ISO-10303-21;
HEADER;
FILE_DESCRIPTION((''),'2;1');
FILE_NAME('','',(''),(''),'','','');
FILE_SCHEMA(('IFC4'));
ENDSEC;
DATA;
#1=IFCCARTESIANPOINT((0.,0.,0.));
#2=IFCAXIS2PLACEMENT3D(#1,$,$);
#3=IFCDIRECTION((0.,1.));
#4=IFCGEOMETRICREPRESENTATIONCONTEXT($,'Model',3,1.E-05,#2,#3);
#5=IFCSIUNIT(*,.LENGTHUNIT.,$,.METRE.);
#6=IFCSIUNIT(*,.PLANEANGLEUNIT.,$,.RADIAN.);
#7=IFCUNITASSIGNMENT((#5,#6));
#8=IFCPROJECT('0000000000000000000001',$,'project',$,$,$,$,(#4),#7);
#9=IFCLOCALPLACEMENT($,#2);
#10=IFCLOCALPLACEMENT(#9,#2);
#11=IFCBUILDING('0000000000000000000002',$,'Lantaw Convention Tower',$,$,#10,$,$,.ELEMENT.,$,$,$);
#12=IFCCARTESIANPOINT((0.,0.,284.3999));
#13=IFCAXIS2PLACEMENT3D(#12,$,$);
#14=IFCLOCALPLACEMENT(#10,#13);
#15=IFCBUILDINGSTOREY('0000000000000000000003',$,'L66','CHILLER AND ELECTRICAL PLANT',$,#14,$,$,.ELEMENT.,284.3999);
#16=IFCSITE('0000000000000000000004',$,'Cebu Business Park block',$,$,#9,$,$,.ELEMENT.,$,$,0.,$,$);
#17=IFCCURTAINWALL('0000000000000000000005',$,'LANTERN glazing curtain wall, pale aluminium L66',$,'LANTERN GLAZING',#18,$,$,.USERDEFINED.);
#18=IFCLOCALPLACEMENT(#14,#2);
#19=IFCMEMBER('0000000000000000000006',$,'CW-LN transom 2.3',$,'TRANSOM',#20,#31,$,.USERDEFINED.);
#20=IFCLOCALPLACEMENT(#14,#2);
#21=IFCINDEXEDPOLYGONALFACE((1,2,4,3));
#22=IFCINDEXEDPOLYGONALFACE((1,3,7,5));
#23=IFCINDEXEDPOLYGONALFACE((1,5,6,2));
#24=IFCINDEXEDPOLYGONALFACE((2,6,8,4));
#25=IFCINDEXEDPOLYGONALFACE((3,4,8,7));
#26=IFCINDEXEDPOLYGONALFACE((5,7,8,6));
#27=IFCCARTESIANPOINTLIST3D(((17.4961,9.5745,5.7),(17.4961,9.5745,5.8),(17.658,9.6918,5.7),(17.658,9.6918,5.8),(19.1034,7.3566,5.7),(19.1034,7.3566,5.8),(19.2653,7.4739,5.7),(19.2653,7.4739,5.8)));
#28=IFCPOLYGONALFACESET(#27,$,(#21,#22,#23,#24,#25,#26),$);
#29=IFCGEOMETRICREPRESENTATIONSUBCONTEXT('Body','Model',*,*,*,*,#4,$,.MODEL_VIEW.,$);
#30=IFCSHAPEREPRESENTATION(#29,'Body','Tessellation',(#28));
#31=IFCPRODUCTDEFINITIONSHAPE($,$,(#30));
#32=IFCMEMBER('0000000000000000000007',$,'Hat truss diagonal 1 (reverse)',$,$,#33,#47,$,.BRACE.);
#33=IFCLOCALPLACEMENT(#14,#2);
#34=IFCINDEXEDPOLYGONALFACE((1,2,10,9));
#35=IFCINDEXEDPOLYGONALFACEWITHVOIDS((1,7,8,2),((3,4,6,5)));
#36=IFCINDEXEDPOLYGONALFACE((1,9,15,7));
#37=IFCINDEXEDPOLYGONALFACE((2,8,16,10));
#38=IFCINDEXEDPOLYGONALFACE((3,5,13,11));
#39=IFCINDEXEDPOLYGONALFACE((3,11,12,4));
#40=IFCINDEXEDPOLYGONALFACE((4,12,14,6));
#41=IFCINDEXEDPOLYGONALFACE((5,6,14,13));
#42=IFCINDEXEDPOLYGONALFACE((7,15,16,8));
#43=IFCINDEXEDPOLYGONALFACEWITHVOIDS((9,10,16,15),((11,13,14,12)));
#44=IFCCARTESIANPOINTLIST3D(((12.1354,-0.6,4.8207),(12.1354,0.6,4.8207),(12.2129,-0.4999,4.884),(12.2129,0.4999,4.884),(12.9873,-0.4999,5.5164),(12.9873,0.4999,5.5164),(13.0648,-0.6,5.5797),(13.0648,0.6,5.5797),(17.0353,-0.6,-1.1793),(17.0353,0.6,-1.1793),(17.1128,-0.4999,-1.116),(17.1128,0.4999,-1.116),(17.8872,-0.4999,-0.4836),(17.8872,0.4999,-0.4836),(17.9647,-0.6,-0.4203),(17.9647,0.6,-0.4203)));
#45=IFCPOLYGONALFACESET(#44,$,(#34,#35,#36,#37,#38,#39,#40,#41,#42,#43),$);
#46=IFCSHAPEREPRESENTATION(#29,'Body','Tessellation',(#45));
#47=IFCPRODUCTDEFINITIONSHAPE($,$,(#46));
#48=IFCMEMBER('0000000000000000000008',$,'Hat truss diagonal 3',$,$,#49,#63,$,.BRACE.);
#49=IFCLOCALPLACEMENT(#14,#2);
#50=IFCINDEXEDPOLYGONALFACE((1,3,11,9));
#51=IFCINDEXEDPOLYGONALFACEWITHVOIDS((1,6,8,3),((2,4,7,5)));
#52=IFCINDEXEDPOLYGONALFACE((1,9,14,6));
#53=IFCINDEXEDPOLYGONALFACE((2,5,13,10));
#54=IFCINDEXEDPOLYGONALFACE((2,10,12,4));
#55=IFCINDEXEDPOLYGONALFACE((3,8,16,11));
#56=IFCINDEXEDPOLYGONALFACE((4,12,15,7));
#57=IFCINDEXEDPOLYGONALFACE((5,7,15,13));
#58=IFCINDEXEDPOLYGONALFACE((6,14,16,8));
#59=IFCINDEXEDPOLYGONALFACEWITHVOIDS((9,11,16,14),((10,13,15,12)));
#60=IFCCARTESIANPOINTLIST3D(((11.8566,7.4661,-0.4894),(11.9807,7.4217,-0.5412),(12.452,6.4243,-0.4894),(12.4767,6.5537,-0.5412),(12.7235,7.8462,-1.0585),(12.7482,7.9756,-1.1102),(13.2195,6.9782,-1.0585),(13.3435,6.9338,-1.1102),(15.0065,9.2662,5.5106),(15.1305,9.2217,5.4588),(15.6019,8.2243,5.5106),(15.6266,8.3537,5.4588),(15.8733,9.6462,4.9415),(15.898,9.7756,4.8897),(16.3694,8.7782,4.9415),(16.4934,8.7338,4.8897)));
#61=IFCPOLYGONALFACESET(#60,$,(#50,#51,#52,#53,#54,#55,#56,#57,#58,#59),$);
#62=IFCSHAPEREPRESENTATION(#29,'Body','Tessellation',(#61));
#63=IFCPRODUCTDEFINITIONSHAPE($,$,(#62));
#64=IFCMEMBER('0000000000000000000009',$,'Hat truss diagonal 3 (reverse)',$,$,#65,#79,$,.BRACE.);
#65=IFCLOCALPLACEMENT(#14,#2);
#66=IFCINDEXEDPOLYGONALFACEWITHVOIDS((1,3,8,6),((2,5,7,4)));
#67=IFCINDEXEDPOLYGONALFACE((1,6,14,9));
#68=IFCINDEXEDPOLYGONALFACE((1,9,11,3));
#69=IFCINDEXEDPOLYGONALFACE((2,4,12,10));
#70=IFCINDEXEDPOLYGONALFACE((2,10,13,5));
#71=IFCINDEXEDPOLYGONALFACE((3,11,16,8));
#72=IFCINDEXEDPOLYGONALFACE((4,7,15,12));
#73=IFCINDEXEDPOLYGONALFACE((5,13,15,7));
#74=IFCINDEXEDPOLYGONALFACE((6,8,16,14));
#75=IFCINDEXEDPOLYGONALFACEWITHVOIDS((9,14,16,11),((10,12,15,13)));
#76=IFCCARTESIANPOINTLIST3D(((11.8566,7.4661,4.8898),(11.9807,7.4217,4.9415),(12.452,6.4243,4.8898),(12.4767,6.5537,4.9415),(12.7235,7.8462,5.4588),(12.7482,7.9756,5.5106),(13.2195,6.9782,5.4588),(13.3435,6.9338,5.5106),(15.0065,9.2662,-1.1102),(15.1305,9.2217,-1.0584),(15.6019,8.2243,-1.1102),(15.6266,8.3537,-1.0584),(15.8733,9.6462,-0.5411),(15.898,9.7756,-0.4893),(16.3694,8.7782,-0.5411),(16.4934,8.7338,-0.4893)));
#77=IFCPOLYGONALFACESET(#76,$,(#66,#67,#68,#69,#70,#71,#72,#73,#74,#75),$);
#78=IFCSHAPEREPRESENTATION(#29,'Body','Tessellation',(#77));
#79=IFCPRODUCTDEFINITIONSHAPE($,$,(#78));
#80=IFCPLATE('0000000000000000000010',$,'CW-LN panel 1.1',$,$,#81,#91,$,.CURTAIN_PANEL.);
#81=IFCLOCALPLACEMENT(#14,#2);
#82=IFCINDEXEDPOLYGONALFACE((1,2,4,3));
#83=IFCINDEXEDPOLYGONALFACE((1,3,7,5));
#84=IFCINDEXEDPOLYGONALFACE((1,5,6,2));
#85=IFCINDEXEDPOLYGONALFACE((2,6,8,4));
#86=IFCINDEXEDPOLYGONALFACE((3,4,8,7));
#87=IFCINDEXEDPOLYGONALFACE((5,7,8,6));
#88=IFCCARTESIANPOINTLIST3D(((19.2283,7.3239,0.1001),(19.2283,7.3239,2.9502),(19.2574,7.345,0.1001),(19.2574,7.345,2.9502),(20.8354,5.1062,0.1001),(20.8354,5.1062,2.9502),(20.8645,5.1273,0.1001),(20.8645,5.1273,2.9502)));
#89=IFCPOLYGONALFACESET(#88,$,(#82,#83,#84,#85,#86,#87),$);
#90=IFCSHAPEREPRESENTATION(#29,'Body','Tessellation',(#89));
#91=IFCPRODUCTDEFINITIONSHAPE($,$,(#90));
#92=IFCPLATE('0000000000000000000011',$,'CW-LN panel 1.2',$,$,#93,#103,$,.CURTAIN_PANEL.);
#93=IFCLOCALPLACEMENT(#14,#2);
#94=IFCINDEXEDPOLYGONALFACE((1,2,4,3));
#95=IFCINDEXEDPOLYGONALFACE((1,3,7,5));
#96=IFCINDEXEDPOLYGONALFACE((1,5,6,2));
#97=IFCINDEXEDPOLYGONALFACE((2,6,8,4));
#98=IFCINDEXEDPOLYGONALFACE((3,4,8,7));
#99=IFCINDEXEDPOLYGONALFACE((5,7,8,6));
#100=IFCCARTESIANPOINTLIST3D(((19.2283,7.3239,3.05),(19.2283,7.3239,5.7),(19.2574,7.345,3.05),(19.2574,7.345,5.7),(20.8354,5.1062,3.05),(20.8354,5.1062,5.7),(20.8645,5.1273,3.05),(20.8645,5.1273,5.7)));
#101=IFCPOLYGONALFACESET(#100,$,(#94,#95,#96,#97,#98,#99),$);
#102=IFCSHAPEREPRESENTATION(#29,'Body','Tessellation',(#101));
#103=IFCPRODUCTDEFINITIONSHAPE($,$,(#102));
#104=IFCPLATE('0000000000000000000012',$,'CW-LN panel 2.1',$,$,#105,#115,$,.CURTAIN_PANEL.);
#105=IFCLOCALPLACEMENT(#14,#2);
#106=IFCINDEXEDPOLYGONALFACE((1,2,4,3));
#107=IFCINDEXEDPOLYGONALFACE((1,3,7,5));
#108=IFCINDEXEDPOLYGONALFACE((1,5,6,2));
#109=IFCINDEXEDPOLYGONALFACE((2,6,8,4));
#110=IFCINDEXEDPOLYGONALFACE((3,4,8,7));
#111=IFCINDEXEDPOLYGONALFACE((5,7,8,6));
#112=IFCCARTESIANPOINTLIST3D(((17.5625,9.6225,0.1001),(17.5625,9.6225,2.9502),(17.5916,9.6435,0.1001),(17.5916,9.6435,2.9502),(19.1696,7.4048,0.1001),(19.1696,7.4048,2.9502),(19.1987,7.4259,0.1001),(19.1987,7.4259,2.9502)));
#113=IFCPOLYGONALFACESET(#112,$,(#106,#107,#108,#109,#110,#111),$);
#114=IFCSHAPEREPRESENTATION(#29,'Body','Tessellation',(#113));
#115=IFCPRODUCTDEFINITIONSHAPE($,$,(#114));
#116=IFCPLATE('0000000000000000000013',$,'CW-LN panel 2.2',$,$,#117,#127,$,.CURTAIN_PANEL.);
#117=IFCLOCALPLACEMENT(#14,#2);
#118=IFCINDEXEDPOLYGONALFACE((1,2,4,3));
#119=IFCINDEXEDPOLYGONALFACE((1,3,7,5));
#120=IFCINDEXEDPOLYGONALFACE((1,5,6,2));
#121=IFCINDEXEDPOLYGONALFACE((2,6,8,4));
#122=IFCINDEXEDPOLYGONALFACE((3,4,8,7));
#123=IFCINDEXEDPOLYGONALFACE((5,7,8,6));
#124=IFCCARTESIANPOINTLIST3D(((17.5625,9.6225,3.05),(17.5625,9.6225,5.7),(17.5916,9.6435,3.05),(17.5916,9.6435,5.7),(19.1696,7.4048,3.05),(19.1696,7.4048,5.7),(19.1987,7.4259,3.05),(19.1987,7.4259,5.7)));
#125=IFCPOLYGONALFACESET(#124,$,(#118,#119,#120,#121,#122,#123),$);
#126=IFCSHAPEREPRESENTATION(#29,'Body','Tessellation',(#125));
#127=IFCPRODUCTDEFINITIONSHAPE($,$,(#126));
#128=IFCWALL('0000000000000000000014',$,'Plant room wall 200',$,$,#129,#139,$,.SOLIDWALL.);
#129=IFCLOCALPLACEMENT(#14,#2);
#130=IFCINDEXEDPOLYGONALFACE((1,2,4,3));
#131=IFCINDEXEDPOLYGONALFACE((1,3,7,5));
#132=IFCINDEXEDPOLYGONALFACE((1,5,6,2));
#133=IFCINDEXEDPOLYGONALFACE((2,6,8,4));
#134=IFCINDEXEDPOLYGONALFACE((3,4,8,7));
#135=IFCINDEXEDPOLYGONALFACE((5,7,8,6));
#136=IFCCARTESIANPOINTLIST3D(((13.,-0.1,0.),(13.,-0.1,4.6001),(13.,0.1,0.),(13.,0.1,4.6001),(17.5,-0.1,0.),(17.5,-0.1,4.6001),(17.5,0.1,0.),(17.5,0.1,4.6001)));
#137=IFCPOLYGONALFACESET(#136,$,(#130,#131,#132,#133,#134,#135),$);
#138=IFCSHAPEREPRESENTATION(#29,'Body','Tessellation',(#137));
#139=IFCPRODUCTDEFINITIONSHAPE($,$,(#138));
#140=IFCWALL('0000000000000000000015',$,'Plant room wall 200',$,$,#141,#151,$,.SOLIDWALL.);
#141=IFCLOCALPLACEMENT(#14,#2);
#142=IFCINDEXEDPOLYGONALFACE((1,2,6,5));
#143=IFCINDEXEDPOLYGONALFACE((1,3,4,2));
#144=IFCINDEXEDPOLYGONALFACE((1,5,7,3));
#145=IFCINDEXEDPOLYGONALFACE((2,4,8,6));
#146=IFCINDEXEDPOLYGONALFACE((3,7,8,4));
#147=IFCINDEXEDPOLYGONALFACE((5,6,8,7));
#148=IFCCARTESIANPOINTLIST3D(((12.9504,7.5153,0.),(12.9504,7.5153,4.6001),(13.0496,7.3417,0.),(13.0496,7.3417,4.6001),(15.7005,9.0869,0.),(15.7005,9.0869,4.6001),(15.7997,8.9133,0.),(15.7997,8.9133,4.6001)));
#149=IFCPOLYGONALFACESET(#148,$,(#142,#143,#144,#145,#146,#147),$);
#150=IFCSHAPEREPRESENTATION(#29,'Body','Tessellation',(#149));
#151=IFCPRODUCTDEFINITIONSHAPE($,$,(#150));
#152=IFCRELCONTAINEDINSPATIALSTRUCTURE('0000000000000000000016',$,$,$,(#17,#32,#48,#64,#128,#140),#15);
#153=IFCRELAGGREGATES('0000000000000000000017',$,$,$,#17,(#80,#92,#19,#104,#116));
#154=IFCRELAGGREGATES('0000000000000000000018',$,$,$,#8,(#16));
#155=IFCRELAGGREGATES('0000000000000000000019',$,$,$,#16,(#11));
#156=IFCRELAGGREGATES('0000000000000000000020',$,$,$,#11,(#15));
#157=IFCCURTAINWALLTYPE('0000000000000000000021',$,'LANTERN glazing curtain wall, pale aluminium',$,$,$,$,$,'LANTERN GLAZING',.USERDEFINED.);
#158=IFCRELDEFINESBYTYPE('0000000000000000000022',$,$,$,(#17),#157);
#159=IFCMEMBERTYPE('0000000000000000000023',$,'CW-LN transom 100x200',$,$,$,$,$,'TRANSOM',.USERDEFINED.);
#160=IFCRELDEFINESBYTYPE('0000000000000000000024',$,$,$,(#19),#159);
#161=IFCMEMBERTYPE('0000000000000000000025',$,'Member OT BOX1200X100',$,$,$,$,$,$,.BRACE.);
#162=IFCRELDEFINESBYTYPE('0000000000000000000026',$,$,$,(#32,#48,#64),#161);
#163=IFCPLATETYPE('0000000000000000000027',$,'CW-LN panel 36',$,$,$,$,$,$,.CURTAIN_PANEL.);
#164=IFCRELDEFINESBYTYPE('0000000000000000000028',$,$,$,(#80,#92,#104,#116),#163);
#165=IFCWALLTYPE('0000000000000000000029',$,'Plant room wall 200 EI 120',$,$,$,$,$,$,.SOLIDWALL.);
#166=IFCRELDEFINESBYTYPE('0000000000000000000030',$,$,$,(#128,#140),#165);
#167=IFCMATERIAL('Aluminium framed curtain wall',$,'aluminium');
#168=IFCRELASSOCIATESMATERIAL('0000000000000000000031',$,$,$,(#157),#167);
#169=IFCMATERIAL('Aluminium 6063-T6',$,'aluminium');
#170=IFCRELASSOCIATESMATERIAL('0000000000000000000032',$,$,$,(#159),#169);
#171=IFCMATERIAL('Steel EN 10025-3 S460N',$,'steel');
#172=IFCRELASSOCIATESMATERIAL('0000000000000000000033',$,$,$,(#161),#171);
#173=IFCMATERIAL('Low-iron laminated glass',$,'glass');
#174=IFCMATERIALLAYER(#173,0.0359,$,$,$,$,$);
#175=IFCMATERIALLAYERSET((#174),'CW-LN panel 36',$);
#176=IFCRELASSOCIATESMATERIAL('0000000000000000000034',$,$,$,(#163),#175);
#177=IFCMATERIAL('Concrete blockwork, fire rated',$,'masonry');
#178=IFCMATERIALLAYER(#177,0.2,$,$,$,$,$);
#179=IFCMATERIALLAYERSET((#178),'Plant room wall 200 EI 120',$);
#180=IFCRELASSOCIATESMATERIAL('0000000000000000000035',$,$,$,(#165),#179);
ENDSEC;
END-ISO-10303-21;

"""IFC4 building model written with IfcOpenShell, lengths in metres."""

from ifc_helpers import new_model, si_unit, direction, frame, frame_2d, origin, origin_2d, place, context, subcontext, project, spatial, rectangle, hollow_rectangle, extrude, material, layer, layer_set, material_profile, profile_set, type_object, element, aggregate, save


model = new_model("IFC4")

# Units and contexts
model_context = context("Model", 3, precision=1e-05, world=origin(), true_north=direction((0.0, 1.0)))
body_context = subcontext(model_context, "Body", "Model", "MODEL_VIEW")
ifc_project = project(units=[si_unit("LENGTHUNIT", "METRE"), si_unit("PLANEANGLEUNIT", "RADIAN")], contexts=[model_context])

# Site, building, storey
site_placement = place(None, origin())
site = spatial("IfcSite", under=ifc_project, at=site_placement, Name="Cebu Business Park block", CompositionType="ELEMENT", RefElevation=0.0)
building_placement = place(site_placement, origin())
building = spatial("IfcBuilding", under=site, at=building_placement, Name="Lantaw Convention Tower", CompositionType="ELEMENT")
storey_placement = place(building_placement, frame((0.0, 0.0, 284.3999)))
storey = spatial("IfcBuildingStorey", under=building, at=storey_placement, Name="L66", Description="CHILLER AND ELECTRICAL PLANT", CompositionType="ELEMENT", Elevation=284.3999)

# Shared definitions
ifc_material_1 = material(Name="Steel EN 10025-3 S460N", Category="steel")

# Curtain wall, member
ifc_material_2 = material(Name="Aluminium framed curtain wall", Category="aluminium")
curtain_wall_type = type_object("IfcCurtainWallType", Name="LANTERN glazing curtain wall, pale aluminium", ElementType="LANTERN GLAZING", PredefinedType="USERDEFINED", material=ifc_material_2)
curtain_wall_placement = place(storey_placement, origin())
curtain_wall = element("IfcCurtainWall", 1, at=curtain_wall_placement, inside=storey, type_object=curtain_wall_type, Name="LANTERN glazing curtain wall, pale aluminium L66", ObjectType="LANTERN GLAZING", PredefinedType="USERDEFINED")
ifc_material_3 = material(Name="Aluminium 6063-T6", Category="aluminium")
ifc_material_profile_1 = material_profile(ifc_material_3, rectangle(XDim=0.2, YDim=0.1001, at=origin_2d()), Name="CW-LN transom 100x200")
ifc_profile_set_1 = profile_set([ifc_material_profile_1], Name="Aluminium 6063-T6")
member_type_1 = type_object("IfcMemberType", Name="CW-LN transom 100x200", ElementType="TRANSOM", PredefinedType="USERDEFINED", material=ifc_profile_set_1)
member_1_placement = place(storey_placement, frame((19.1843, 7.4153, 5.75), z_axis=(-0.586798, 0.809733, 0.0), x_axis=(-0.809733, -0.586798, 0.0)))
member_1 = element("IfcMember", 2, at=member_1_placement, type_object=member_type_1, Name="CW-LN transom 2.3", ObjectType="TRANSOM", PredefinedType="USERDEFINED", context=body_context, shape_type="SweptSolid", body=[
    extrude(rectangle(XDim=0.2, YDim=0.1001, at=origin_2d()), origin(), (0.0, 0.0, 1.0), 2.739),
])

# Members
ifc_material_profile_2 = material_profile(ifc_material_1, hollow_rectangle(XDim=1.2, YDim=1.2, WallThickness=0.1001, at=origin_2d()), Name="BOX1200X100")
ifc_profile_set_2 = profile_set([ifc_material_profile_2], Name="Steel EN 10025-3 S460N")
member_type_2 = type_object("IfcMemberType", Name="Member OT BOX1200X100", PredefinedType="BRACE", material=ifc_profile_set_2)
member_2_placement = place(storey_placement, frame((12.6001, 0.0, 5.2002), z_axis=(0.632527, 0.0, -0.774538), x_axis=(0.0, 1.0, 0.0)))
element("IfcMember", 3, at=member_2_placement, inside=storey, type_object=member_type_2, Name="Hat truss diagonal 1 (reverse)", PredefinedType="BRACE", context=body_context, shape_type="SweptSolid", body=[
    extrude(hollow_rectangle(XDim=1.2, YDim=1.2, WallThickness=0.1001, at=origin_2d()), origin(), (0.0, 0.0, 1.0), 7.7466),
])
for number, where, z_axis, x_axis, name in (
    (4, (12.6001, 7.2, -0.7998), (0.449244, 0.256726, 0.855729), (-0.496161, 0.868231, 0.0), "Hat truss diagonal 3"),
    (5, (12.6001, 7.2, 5.2002), (0.449244, 0.256726, -0.855729), (-0.496161, 0.868231, 0.0), "Hat truss diagonal 3 (reverse)"),
):
    element("IfcMember", number, at=place(storey_placement, frame(where, z_axis=z_axis, x_axis=x_axis)), inside=storey, type_object=member_type_2, Name=name, PredefinedType="BRACE", context=body_context, shape_type="SweptSolid", body=[
        extrude(hollow_rectangle(XDim=1.2, YDim=1.2, WallThickness=0.1001, at=origin_2d()), origin(), (0.0, 0.0, 1.0), 7.0115),
    ])

# Plates
ifc_material_4 = material(Name="Low-iron laminated glass", Category="glass")
ifc_layer_1 = layer(ifc_material_4, 0.0359)
ifc_layer_set_1 = layer_set([ifc_layer_1], Name="CW-LN panel 36")
plate_type = type_object("IfcPlateType", Name="CW-LN panel 36", PredefinedType="CURTAIN_PANEL", material=ifc_layer_set_1)
plate_1_placement = place(storey_placement, frame((20.0464, 6.2256, 0.1001), z_axis=(0.0, 0.0, 1.0), x_axis=(-0.586786, 0.809742, 0.0)))
plate_1 = element("IfcPlate", 6, at=plate_1_placement, type_object=plate_type, Name="CW-LN panel 1.1", PredefinedType="CURTAIN_PANEL", context=body_context, shape_type="SweptSolid", body=[
    extrude(rectangle(XDim=2.7388, YDim=0.0359, at=origin_2d()), origin(), (0.0, 0.0, 1.0), 2.8501),
])
plate_2_placement = place(storey_placement, frame((20.0464, 6.2256, 3.05), z_axis=(0.0, 0.0, 1.0), x_axis=(-0.586786, 0.809742, 0.0)))
plate_2 = element("IfcPlate", 7, at=plate_2_placement, type_object=plate_type, Name="CW-LN panel 1.2", PredefinedType="CURTAIN_PANEL", context=body_context, shape_type="SweptSolid", body=[
    extrude(rectangle(XDim=2.7388, YDim=0.0359, at=origin_2d()), origin(), (0.0, 0.0, 1.0), 2.6499),
])
plate_3_placement = place(storey_placement, frame((18.3806, 8.5242, 0.1001), z_axis=(0.0, 0.0, 1.0), x_axis=(-0.586786, 0.809742, 0.0)))
plate_3 = element("IfcPlate", 8, at=plate_3_placement, type_object=plate_type, Name="CW-LN panel 2.1", PredefinedType="CURTAIN_PANEL", context=body_context, shape_type="SweptSolid", body=[
    extrude(rectangle(XDim=2.7388, YDim=0.0359, at=origin_2d()), origin(), (0.0, 0.0, 1.0), 2.8501),
])
plate_4_placement = place(storey_placement, frame((18.3806, 8.5242, 3.05), z_axis=(0.0, 0.0, 1.0), x_axis=(-0.586786, 0.809742, 0.0)))
plate_4 = element("IfcPlate", 9, at=plate_4_placement, type_object=plate_type, Name="CW-LN panel 2.2", PredefinedType="CURTAIN_PANEL", context=body_context, shape_type="SweptSolid", body=[
    extrude(rectangle(XDim=2.7388, YDim=0.0359, at=origin_2d()), origin(), (0.0, 0.0, 1.0), 2.6499),
])
aggregate(curtain_wall, [plate_1, plate_2, member_1, plate_3, plate_4])

# Walls
ifc_material_5 = material(Name="Concrete blockwork, fire rated", Category="masonry")
ifc_layer_2 = layer(ifc_material_5, 0.2)
ifc_layer_set_2 = layer_set([ifc_layer_2], Name="Plant room wall 200 EI 120")
wall_type = type_object("IfcWallType", Name="Plant room wall 200 EI 120", PredefinedType="SOLIDWALL", material=ifc_layer_set_2)
wall_1_placement = place(storey_placement, frame((13.0, 0.0, 0.0), z_axis=(0.0, 0.0, 1.0), x_axis=(1.0, 0.0, 0.0)))
element("IfcWall", 10, at=wall_1_placement, inside=storey, type_object=wall_type, Name="Plant room wall 200", PredefinedType="SOLIDWALL", context=body_context, shape_type="SweptSolid", body=[
    extrude(rectangle(XDim=4.5, YDim=0.2, at=frame_2d((2.25, 0.0))), origin(), (0.0, 0.0, 1.0), 4.6001),
])
wall_2_placement = place(storey_placement, frame((13.0, 7.4285, 0.0), z_axis=(0.0, 0.0, 1.0), x_axis=(0.868229, 0.496164, 0.0)))
element("IfcWall", 11, at=wall_2_placement, inside=storey, type_object=wall_type, Name="Plant room wall 200", PredefinedType="SOLIDWALL", context=body_context, shape_type="SweptSolid", body=[
    extrude(rectangle(XDim=3.1675, YDim=0.2, at=frame_2d((1.5837, 0.0))), origin(), (0.0, 0.0, 1.0), 4.6001),
])

save(model, "model.ifc")
